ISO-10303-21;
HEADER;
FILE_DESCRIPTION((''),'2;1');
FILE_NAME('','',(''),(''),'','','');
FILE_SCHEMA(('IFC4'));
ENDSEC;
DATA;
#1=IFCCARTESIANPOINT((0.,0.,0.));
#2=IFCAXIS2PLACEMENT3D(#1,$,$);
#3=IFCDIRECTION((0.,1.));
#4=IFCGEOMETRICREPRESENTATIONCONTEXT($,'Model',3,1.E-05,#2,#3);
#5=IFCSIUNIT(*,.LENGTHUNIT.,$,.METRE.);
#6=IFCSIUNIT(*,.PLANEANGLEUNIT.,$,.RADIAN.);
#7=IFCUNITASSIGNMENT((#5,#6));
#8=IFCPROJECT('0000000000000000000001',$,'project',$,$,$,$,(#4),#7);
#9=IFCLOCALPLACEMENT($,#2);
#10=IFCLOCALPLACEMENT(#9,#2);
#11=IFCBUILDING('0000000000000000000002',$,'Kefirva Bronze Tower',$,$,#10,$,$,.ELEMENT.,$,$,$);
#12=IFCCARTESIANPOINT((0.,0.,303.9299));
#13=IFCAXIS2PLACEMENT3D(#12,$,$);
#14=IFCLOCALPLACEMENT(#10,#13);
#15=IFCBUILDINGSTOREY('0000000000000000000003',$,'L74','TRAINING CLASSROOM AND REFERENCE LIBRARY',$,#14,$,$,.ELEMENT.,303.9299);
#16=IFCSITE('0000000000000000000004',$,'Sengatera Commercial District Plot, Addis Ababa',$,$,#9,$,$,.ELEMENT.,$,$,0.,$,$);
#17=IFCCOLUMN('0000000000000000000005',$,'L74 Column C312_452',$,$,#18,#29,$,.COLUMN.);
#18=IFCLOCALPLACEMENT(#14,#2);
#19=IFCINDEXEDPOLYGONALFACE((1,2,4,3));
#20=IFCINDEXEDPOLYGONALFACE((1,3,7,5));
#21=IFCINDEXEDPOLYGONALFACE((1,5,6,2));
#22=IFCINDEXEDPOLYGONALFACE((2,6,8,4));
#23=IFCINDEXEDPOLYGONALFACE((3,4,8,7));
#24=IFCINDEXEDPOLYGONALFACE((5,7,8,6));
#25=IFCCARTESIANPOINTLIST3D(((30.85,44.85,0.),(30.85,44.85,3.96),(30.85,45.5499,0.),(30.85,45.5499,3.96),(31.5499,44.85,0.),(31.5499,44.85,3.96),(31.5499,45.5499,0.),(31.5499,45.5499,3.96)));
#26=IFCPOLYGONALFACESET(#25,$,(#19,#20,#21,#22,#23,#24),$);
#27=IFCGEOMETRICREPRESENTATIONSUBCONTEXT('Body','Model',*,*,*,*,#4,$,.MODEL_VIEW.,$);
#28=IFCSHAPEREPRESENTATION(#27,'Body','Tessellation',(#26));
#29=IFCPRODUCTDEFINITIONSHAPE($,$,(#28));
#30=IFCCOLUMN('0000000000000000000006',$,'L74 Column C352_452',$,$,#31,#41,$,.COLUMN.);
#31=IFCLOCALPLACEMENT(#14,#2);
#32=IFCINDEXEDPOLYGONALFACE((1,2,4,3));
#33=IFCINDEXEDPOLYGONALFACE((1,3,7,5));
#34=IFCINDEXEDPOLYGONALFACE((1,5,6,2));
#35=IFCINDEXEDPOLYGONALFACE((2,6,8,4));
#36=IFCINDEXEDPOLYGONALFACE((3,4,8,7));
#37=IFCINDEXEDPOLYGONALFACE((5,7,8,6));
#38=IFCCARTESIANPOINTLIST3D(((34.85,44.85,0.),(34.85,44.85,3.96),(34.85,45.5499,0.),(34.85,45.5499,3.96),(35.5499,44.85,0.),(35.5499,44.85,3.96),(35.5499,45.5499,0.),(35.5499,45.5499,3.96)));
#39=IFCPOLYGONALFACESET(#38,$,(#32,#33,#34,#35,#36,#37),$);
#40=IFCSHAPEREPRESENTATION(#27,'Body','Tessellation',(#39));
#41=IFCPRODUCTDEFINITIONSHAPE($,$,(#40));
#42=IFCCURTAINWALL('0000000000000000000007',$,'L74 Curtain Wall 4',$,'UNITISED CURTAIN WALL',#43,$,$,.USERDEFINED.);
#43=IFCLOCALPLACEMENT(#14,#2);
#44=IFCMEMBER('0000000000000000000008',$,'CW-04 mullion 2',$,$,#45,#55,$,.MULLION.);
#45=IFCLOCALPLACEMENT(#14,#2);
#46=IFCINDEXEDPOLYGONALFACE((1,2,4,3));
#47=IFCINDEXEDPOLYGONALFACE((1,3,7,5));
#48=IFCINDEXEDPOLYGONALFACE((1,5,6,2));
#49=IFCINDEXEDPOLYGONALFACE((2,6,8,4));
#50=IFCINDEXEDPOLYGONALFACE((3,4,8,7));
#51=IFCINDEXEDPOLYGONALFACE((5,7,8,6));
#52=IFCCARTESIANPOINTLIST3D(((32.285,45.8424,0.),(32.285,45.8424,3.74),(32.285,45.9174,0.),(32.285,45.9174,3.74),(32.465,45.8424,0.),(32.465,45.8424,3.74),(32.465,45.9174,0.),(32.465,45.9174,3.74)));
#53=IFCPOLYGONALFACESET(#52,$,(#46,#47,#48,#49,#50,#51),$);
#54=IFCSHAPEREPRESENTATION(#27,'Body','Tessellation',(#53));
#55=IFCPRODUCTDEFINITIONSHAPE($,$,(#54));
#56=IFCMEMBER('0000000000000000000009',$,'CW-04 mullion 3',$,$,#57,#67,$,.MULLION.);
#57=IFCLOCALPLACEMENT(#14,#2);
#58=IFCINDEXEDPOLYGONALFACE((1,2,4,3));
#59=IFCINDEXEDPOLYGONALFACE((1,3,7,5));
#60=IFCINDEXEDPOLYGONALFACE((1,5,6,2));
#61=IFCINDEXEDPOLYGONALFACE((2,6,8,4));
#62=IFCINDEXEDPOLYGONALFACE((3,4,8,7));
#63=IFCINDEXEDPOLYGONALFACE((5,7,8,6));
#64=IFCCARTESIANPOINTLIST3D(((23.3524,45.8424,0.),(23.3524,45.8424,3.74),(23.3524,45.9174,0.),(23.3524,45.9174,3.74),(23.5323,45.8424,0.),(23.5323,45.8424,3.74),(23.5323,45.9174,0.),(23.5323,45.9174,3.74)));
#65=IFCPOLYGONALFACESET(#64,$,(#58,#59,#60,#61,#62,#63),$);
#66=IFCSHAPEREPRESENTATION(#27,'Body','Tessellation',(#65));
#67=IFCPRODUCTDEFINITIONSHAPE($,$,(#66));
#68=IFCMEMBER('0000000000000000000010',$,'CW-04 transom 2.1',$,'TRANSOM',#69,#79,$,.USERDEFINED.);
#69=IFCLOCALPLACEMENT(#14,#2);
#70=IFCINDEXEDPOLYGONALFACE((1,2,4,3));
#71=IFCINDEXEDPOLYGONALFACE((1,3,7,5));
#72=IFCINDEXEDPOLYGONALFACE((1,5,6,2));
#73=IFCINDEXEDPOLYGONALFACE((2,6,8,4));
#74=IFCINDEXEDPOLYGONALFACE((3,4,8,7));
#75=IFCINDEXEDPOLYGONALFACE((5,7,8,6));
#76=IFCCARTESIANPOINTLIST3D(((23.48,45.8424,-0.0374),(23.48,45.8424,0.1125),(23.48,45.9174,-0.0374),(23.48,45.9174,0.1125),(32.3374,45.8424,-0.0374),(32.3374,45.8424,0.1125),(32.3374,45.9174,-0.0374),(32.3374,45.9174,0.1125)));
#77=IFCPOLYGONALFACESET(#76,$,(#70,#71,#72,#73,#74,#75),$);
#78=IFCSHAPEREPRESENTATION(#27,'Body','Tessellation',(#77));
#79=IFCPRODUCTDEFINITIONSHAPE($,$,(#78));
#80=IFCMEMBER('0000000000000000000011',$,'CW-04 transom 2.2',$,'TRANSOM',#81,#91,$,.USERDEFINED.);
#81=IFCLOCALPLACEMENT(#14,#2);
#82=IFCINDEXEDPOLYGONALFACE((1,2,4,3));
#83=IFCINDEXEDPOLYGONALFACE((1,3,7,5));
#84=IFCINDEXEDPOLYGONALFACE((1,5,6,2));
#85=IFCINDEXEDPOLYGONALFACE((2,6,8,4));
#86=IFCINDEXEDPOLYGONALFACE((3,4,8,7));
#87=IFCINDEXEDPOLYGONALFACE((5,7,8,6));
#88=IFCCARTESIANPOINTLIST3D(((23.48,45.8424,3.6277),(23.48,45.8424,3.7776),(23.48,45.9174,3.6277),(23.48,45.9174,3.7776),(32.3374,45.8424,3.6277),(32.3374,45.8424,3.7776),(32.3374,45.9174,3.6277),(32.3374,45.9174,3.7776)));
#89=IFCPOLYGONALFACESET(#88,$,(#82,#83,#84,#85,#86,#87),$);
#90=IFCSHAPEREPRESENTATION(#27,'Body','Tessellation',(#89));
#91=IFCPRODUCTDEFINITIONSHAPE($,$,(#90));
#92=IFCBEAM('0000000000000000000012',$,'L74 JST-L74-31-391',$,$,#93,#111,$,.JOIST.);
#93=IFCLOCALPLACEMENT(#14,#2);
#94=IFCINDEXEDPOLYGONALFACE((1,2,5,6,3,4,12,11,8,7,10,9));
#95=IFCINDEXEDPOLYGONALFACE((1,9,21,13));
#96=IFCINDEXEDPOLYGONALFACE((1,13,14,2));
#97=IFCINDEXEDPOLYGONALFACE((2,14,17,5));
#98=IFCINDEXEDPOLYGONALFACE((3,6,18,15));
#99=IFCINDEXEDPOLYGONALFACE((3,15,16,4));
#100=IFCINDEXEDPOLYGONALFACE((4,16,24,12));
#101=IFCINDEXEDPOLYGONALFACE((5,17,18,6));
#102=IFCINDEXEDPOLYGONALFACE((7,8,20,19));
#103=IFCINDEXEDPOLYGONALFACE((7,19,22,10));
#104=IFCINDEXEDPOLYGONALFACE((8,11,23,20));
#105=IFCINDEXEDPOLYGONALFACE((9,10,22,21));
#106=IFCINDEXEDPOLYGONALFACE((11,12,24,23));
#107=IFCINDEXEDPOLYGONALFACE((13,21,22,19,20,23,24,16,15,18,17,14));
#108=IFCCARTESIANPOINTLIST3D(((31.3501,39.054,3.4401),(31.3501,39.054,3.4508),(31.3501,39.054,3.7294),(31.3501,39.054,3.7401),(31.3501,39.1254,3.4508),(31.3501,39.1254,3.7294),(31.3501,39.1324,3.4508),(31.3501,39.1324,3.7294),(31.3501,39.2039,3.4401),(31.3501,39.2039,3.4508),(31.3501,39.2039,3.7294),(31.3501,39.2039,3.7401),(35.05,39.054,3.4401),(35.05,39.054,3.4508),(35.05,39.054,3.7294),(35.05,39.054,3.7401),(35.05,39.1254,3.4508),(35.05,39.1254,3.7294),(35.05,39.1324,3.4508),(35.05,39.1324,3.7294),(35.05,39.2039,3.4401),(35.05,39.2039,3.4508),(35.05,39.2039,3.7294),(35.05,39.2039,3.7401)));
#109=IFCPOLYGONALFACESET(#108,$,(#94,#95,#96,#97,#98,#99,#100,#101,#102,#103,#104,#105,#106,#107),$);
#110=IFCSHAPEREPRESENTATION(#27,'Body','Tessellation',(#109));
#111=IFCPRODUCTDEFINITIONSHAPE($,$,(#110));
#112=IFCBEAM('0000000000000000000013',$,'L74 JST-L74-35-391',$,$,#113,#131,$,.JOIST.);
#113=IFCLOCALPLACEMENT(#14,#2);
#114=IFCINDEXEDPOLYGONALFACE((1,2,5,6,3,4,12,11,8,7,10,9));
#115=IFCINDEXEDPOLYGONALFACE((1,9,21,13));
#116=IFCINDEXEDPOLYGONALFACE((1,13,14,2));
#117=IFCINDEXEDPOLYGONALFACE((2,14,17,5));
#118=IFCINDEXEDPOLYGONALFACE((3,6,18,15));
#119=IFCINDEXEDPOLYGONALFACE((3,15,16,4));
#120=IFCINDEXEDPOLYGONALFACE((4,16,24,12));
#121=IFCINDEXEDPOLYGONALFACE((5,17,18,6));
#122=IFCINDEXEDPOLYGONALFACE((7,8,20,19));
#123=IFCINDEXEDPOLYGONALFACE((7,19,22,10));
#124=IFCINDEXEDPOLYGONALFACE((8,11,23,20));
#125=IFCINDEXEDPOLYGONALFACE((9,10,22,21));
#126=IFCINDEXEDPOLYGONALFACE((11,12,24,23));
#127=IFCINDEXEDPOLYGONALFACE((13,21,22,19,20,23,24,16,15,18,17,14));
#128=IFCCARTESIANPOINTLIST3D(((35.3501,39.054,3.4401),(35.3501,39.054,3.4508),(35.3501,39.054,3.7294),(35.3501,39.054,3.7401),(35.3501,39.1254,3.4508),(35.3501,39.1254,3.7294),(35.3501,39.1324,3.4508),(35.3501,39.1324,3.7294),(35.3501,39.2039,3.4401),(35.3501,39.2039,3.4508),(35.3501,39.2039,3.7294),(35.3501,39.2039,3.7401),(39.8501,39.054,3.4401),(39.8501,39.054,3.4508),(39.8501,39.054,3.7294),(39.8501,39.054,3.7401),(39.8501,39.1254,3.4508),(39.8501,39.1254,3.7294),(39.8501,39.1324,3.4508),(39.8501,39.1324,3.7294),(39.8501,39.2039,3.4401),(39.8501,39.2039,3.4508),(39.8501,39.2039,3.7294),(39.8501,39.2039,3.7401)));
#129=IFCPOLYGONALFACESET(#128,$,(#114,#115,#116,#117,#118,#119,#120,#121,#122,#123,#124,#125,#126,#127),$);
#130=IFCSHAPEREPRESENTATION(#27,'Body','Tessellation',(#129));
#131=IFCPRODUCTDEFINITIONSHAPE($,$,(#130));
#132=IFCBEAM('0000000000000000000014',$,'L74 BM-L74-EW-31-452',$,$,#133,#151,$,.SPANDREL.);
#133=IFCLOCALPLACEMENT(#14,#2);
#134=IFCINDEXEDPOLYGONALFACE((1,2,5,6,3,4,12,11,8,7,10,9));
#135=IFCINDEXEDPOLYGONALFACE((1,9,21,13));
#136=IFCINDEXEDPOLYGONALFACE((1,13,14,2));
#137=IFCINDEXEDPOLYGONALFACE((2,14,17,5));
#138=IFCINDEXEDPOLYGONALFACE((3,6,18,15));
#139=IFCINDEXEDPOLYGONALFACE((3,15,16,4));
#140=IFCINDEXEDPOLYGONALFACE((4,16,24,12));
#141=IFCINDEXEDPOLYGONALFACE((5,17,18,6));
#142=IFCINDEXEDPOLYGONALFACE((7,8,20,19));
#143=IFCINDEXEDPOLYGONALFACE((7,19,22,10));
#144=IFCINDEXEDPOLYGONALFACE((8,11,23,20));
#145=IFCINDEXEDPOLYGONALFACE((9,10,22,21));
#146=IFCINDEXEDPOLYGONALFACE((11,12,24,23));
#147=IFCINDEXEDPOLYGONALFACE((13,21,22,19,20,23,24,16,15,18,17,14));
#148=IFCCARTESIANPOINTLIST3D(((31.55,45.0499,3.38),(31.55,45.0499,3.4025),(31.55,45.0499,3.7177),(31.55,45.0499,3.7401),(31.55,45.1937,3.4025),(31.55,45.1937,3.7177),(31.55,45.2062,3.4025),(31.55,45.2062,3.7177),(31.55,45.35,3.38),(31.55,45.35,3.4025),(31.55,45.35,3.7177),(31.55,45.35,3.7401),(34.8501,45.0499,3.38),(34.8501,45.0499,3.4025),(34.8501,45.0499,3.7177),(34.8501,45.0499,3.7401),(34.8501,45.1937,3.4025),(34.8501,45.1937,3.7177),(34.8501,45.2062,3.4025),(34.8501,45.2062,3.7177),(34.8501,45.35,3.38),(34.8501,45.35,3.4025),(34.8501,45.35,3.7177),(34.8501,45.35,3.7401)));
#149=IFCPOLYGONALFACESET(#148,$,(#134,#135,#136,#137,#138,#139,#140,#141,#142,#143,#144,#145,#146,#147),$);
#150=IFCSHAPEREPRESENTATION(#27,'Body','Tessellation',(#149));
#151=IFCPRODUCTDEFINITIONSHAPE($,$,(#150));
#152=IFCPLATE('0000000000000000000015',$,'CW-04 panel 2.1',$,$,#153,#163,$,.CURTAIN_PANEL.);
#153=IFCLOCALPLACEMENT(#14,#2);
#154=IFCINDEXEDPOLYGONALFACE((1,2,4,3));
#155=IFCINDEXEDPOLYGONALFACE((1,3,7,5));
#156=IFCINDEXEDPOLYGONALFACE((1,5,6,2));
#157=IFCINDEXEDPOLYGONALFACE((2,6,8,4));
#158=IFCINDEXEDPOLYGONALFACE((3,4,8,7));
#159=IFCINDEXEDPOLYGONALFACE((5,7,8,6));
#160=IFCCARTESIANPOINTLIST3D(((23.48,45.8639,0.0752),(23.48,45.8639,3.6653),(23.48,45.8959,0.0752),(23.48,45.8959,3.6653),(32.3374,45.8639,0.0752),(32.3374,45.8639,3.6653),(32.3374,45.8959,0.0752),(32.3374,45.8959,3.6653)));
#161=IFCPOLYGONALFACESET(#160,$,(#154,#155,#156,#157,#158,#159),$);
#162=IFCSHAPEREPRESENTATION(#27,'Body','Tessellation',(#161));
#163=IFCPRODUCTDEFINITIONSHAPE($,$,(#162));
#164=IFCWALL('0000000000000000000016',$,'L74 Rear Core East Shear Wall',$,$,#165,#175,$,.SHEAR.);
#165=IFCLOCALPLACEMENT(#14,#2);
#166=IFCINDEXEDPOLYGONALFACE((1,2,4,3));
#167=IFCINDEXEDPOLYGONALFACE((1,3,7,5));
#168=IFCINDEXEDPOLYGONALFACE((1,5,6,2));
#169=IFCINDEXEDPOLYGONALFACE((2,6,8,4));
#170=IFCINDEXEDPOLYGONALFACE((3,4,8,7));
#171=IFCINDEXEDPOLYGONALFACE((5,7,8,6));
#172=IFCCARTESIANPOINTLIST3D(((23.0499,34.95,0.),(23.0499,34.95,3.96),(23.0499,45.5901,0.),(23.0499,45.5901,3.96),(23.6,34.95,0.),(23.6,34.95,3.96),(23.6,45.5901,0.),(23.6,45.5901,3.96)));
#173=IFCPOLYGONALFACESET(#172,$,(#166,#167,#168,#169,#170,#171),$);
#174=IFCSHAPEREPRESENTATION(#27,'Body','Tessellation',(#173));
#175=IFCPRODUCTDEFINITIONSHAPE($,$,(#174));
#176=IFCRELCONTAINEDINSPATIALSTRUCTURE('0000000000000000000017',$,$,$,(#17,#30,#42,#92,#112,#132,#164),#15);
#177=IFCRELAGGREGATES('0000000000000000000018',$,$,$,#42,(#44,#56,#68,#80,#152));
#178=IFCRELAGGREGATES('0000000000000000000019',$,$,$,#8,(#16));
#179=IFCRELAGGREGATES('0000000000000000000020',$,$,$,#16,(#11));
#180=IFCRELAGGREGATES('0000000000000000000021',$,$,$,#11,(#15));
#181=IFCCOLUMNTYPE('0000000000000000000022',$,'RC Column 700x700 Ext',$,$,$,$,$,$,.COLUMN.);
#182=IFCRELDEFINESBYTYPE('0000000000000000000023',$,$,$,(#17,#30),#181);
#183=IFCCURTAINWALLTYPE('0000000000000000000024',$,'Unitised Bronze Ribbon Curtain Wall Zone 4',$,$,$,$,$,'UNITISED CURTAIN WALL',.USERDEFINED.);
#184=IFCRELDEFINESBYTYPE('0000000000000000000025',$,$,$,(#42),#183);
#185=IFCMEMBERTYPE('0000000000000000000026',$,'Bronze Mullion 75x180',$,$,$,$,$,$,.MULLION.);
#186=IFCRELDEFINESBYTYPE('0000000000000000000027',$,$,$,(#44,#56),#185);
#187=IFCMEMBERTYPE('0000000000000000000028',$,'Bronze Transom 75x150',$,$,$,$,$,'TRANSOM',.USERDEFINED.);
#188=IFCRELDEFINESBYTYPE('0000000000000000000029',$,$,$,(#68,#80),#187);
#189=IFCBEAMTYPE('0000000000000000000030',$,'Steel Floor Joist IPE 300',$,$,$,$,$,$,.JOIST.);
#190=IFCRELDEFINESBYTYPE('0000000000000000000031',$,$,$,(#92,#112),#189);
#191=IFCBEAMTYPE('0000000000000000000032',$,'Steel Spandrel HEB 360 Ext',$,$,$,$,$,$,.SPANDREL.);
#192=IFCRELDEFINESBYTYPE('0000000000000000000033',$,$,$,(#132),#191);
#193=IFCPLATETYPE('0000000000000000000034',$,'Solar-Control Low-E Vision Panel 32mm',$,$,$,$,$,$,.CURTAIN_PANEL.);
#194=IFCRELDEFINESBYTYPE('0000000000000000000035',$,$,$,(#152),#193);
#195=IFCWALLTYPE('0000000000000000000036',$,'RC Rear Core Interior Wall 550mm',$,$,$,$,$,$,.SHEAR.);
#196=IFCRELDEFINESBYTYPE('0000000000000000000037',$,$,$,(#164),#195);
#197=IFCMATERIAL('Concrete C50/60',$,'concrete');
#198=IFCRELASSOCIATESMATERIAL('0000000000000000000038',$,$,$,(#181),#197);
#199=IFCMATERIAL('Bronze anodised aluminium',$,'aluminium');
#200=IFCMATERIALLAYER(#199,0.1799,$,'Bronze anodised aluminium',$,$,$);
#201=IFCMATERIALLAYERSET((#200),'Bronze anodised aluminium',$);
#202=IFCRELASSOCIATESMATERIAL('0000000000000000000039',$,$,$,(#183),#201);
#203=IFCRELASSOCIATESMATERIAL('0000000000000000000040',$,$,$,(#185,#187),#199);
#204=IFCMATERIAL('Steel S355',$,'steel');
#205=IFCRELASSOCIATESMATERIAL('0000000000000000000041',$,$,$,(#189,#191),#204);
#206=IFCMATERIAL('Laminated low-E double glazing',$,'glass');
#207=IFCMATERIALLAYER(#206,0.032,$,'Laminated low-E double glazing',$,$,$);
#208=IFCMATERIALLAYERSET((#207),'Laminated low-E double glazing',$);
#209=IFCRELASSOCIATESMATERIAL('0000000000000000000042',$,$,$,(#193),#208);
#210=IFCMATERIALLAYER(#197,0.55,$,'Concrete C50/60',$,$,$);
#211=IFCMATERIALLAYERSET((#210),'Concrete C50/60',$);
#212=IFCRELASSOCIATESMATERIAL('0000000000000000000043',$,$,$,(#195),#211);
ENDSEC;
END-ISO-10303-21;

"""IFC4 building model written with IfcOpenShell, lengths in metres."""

from ifc_helpers import new_model, si_unit, direction, frame, frame_2d, origin, origin_2d, place, context, subcontext, project, spatial, rectangle, i_section, extrude, material, layer, layer_set, material_profile, profile_set, type_object, element, aggregate, save


model = new_model("IFC4")

# Units and contexts
model_context = context("Model", 3, precision=1e-05, world=origin(), true_north=direction((0.0, 1.0)))
body_context = subcontext(model_context, "Body", "Model", "MODEL_VIEW")
ifc_project = project(units=[si_unit("LENGTHUNIT", "METRE"), si_unit("PLANEANGLEUNIT", "RADIAN")], contexts=[model_context])

# Site, building, storey
site_placement = place(None, origin())
site = spatial("IfcSite", under=ifc_project, at=site_placement, Name="Sengatera Commercial District Plot, Addis Ababa", CompositionType="ELEMENT", RefElevation=0.0)
building_placement = place(site_placement, origin())
building = spatial("IfcBuilding", under=site, at=building_placement, Name="Kefirva Bronze Tower", CompositionType="ELEMENT")
storey_placement = place(building_placement, frame((0.0, 0.0, 303.9299)))
storey = spatial("IfcBuildingStorey", under=building, at=storey_placement, Name="L74", Description="TRAINING CLASSROOM AND REFERENCE LIBRARY", CompositionType="ELEMENT", Elevation=303.9299)

# Columns
ifc_material_1 = material(Name="Concrete C50/60", Category="concrete")
ifc_material_profile_1 = material_profile(ifc_material_1, rectangle(XDim=0.7, YDim=0.7, at=origin_2d()), Name="RC 700x700")
ifc_profile_set_1 = profile_set([ifc_material_profile_1], Name="Concrete C50/60")
column_type = type_object("IfcColumnType", Name="RC Column 700x700 Ext", PredefinedType="COLUMN", material=ifc_profile_set_1)
for number, where, z_axis, x_axis, name in (
    (1, (31.2, 45.2, 0.0), (0.0, 0.0, 1.0), (1.0, 0.0, 0.0), "L74 Column C312_452"),
    (2, (35.2, 45.2, 0.0), (0.0, 0.0, 1.0), (1.0, 0.0, 0.0), "L74 Column C352_452"),
):
    element("IfcColumn", number, at=place(storey_placement, frame(where, z_axis=z_axis, x_axis=x_axis)), inside=storey, type_object=column_type, Name=name, PredefinedType="COLUMN", context=body_context, shape_type="SweptSolid", body=[
        extrude(rectangle(XDim=0.7, YDim=0.7, at=origin_2d()), origin(), (0.0, 0.0, 1.0), 3.96),
    ])

# Curtain wall, members
ifc_material_2 = material(Name="Bronze anodised aluminium", Category="aluminium")
ifc_layer_1 = layer(ifc_material_2, 0.1799, Name="Bronze anodised aluminium")
ifc_layer_set_1 = layer_set([ifc_layer_1], Name="Bronze anodised aluminium")
curtain_wall_type = type_object("IfcCurtainWallType", Name="Unitised Bronze Ribbon Curtain Wall Zone 4", ElementType="UNITISED CURTAIN WALL", PredefinedType="USERDEFINED", material=ifc_layer_set_1)
curtain_wall_placement = place(storey_placement, origin())
curtain_wall = element("IfcCurtainWall", 3, at=curtain_wall_placement, inside=storey, type_object=curtain_wall_type, Name="L74 Curtain Wall 4", ObjectType="UNITISED CURTAIN WALL", PredefinedType="USERDEFINED")
ifc_material_profile_2 = material_profile(ifc_material_2, rectangle(XDim=0.075, YDim=0.1799, at=origin_2d()), Name="ALU 75x180")
ifc_profile_set_2 = profile_set([ifc_material_profile_2], Name="Bronze anodised aluminium")
member_type_1 = type_object("IfcMemberType", Name="Bronze Mullion 75x180", PredefinedType="MULLION", material=ifc_profile_set_2)
member_1_placement = place(storey_placement, frame((32.375, 45.8799, 0.0), z_axis=(0.0, 0.0, 1.0), x_axis=(0.0, -1.0, 0.0)))
member_1 = element("IfcMember", 4, at=member_1_placement, type_object=member_type_1, Name="CW-04 mullion 2", PredefinedType="MULLION", context=body_context, shape_type="SweptSolid", body=[
    extrude(rectangle(XDim=0.075, YDim=0.1799, at=origin_2d()), origin(), (0.0, 0.0, 1.0), 3.74),
])
member_2_placement = place(storey_placement, frame((23.4424, 45.8799, 0.0), z_axis=(0.0, 0.0, 1.0), x_axis=(0.0, -1.0, 0.0)))
member_2 = element("IfcMember", 5, at=member_2_placement, type_object=member_type_1, Name="CW-04 mullion 3", PredefinedType="MULLION", context=body_context, shape_type="SweptSolid", body=[
    extrude(rectangle(XDim=0.075, YDim=0.1799, at=origin_2d()), origin(), (0.0, 0.0, 1.0), 3.74),
])
ifc_material_profile_3 = material_profile(ifc_material_2, rectangle(XDim=0.075, YDim=0.1499, at=origin_2d()), Name="ALU 75x150")
ifc_profile_set_3 = profile_set([ifc_material_profile_3], Name="Bronze anodised aluminium")
member_type_2 = type_object("IfcMemberType", Name="Bronze Transom 75x150", ElementType="TRANSOM", PredefinedType="USERDEFINED", material=ifc_profile_set_3)
member_3_placement = place(storey_placement, frame((32.3374, 45.8799, 0.0376), z_axis=(-1.0, 0.0, 0.0), x_axis=(0.0, -1.0, 0.0)))
member_3 = element("IfcMember", 6, at=member_3_placement, type_object=member_type_2, Name="CW-04 transom 2.1", ObjectType="TRANSOM", PredefinedType="USERDEFINED", context=body_context, shape_type="SweptSolid", body=[
    extrude(rectangle(XDim=0.075, YDim=0.1499, at=origin_2d()), origin(), (0.0, 0.0, 1.0), 8.8574),
])
member_4_placement = place(storey_placement, frame((32.3374, 45.8799, 3.7026), z_axis=(-1.0, 0.0, 0.0), x_axis=(0.0, -1.0, 0.0)))
member_4 = element("IfcMember", 7, at=member_4_placement, type_object=member_type_2, Name="CW-04 transom 2.2", ObjectType="TRANSOM", PredefinedType="USERDEFINED", context=body_context, shape_type="SweptSolid", body=[
    extrude(rectangle(XDim=0.075, YDim=0.1499, at=origin_2d()), origin(), (0.0, 0.0, 1.0), 8.8574),
])

# Beams
ifc_material_3 = material(Name="Steel S355", Category="steel")
ifc_material_profile_4 = material_profile(ifc_material_3, i_section(OverallWidth=0.1499, OverallDepth=0.3, WebThickness=0.0071, FlangeThickness=0.0107, at=origin_2d()), Name="IPE 300")
ifc_profile_set_4 = profile_set([ifc_material_profile_4], Name="Steel S355")
beam_type_1 = type_object("IfcBeamType", Name="Steel Floor Joist IPE 300", PredefinedType="JOIST", material=ifc_profile_set_4)
beam_1_placement = place(storey_placement, frame((31.3501, 39.1289, 3.5901), z_axis=(1.0, 0.0, 0.0), x_axis=(0.0, 1.0, 0.0)))
element("IfcBeam", 8, at=beam_1_placement, inside=storey, type_object=beam_type_1, Name="L74 JST-L74-31-391", PredefinedType="JOIST", context=body_context, shape_type="SweptSolid", body=[
    extrude(i_section(OverallWidth=0.1499, OverallDepth=0.3, WebThickness=0.0071, FlangeThickness=0.0107, at=origin_2d()), origin(), (0.0, 0.0, 1.0), 3.7),
])
beam_2_placement = place(storey_placement, frame((35.3501, 39.1289, 3.5901), z_axis=(1.0, 0.0, 0.0), x_axis=(0.0, 1.0, 0.0)))
element("IfcBeam", 9, at=beam_2_placement, inside=storey, type_object=beam_type_1, Name="L74 JST-L74-35-391", PredefinedType="JOIST", context=body_context, shape_type="SweptSolid", body=[
    extrude(i_section(OverallWidth=0.1499, OverallDepth=0.3, WebThickness=0.0071, FlangeThickness=0.0107, at=origin_2d()), origin(), (0.0, 0.0, 1.0), 4.5),
])
ifc_material_profile_5 = material_profile(ifc_material_3, i_section(OverallWidth=0.3, OverallDepth=0.3601, WebThickness=0.0125, FlangeThickness=0.0225, at=origin_2d()), Name="HEB 360")
ifc_profile_set_5 = profile_set([ifc_material_profile_5], Name="Steel S355")
beam_type_2 = type_object("IfcBeamType", Name="Steel Spandrel HEB 360 Ext", PredefinedType="SPANDREL", material=ifc_profile_set_5)
beam_3_placement = place(storey_placement, frame((31.55, 45.2, 3.5601), z_axis=(1.0, 0.0, 0.0), x_axis=(0.0, 1.0, 0.0)))
element("IfcBeam", 10, at=beam_3_placement, inside=storey, type_object=beam_type_2, Name="L74 BM-L74-EW-31-452", PredefinedType="SPANDREL", context=body_context, shape_type="SweptSolid", body=[
    extrude(i_section(OverallWidth=0.3, OverallDepth=0.3601, WebThickness=0.0125, FlangeThickness=0.0225, at=origin_2d()), origin(), (0.0, 0.0, 1.0), 3.3),
])

# Plate
ifc_material_4 = material(Name="Laminated low-E double glazing", Category="glass")
ifc_layer_2 = layer(ifc_material_4, 0.032, Name="Laminated low-E double glazing")
ifc_layer_set_2 = layer_set([ifc_layer_2], Name="Laminated low-E double glazing")
plate_type = type_object("IfcPlateType", Name="Solar-Control Low-E Vision Panel 32mm", PredefinedType="CURTAIN_PANEL", material=ifc_layer_set_2)
plate_placement = place(storey_placement, frame((27.9087, 45.8799, 0.0752), z_axis=(0.0, 0.0, 1.0), x_axis=(-1.0, 0.0, 0.0)))
plate = element("IfcPlate", 11, at=plate_placement, type_object=plate_type, Name="CW-04 panel 2.1", PredefinedType="CURTAIN_PANEL", context=body_context, shape_type="SweptSolid", body=[
    extrude(rectangle(XDim=8.8574, YDim=0.032, at=origin_2d()), origin(), (0.0, 0.0, 1.0), 3.5901),
])
aggregate(curtain_wall, [member_1, member_2, member_3, member_4, plate])

# Wall
ifc_layer_3 = layer(ifc_material_1, 0.55, Name="Concrete C50/60")
ifc_layer_set_3 = layer_set([ifc_layer_3], Name="Concrete C50/60")
wall_type = type_object("IfcWallType", Name="RC Rear Core Interior Wall 550mm", PredefinedType="SHEAR", material=ifc_layer_set_3)
wall_placement = place(storey_placement, frame((23.325, 34.95, 0.0), z_axis=(0.0, 0.0, 1.0), x_axis=(0.0, 1.0, 0.0)))
element("IfcWall", 12, at=wall_placement, inside=storey, type_object=wall_type, Name="L74 Rear Core East Shear Wall", PredefinedType="SHEAR", context=body_context, shape_type="SweptSolid", body=[
    extrude(rectangle(XDim=10.6401, YDim=0.55, at=frame_2d((5.3201, 0.0))), origin(), (0.0, 0.0, 1.0), 3.96),
])

save(model, "model.ifc")
